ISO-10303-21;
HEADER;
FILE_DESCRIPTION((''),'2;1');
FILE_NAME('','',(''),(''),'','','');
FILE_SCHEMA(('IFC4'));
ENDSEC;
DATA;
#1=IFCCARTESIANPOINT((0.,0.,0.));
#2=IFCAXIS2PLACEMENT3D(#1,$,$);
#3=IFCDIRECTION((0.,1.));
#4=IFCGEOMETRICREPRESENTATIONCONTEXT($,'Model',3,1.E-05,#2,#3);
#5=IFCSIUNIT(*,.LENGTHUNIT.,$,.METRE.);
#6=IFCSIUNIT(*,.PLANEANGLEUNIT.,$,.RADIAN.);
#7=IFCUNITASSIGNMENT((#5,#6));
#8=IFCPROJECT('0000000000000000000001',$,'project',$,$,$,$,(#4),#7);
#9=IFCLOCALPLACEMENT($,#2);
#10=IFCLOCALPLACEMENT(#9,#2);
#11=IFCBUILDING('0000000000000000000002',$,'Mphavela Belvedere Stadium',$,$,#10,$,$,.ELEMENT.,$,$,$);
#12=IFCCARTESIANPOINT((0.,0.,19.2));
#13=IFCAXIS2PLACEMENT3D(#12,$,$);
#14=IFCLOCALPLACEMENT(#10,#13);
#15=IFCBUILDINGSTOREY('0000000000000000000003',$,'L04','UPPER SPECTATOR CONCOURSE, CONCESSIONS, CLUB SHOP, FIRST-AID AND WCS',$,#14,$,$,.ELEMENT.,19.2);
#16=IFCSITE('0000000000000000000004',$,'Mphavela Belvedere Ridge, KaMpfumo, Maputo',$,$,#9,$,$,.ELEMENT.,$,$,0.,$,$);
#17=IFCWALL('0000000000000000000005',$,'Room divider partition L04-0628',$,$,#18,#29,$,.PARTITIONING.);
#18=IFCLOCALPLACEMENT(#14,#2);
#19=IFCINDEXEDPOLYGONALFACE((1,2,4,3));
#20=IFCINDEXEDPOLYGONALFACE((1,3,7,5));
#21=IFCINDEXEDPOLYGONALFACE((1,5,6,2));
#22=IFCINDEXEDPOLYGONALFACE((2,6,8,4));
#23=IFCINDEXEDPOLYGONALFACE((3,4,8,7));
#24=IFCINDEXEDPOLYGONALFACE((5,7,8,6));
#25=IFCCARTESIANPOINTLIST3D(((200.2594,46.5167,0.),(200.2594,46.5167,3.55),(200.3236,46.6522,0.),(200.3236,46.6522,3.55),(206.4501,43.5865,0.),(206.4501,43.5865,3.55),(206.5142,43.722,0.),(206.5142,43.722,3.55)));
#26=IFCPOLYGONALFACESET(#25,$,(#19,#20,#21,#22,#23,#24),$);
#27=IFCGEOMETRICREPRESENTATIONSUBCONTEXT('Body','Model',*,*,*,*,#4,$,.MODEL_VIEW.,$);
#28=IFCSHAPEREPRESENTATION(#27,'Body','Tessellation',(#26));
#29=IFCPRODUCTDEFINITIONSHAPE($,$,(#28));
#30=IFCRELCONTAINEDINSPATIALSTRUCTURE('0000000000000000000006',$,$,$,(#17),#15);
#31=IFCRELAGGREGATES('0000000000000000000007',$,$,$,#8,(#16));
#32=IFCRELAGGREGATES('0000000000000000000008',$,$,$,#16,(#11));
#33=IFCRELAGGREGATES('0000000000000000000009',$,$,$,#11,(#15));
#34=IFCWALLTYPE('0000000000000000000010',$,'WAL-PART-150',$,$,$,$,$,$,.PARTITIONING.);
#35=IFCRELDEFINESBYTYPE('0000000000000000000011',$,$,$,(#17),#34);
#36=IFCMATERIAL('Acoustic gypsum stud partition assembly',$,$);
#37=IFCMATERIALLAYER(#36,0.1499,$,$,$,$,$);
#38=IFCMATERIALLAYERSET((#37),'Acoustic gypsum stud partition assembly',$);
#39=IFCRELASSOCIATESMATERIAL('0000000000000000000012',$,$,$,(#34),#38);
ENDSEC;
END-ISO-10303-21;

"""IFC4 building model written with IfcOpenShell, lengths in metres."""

from ifc_helpers import new_model, si_unit, direction, frame, frame_2d, origin, place, context, subcontext, project, spatial, rectangle, extrude, material, layer, layer_set, type_object, element, save


model = new_model("IFC4")

# Units and contexts
model_context = context("Model", 3, precision=1e-05, world=origin(), true_north=direction((0.0, 1.0)))
body_context = subcontext(model_context, "Body", "Model", "MODEL_VIEW")
ifc_project = project(units=[si_unit("LENGTHUNIT", "METRE"), si_unit("PLANEANGLEUNIT", "RADIAN")], contexts=[model_context])

# Site, building, storey
site_placement = place(None, origin())
site = spatial("IfcSite", under=ifc_project, at=site_placement, Name="Mphavela Belvedere Ridge, KaMpfumo, Maputo", CompositionType="ELEMENT", RefElevation=0.0)
building_placement = place(site_placement, origin())
building = spatial("IfcBuilding", under=site, at=building_placement, Name="Mphavela Belvedere Stadium", CompositionType="ELEMENT")
storey_placement = place(building_placement, frame((0.0, 0.0, 19.2)))
storey = spatial("IfcBuildingStorey", under=building, at=storey_placement, Name="L04", Description="UPPER SPECTATOR CONCOURSE, CONCESSIONS, CLUB SHOP, FIRST-AID AND WCS", CompositionType="ELEMENT", Elevation=19.2)

# Shared definitions
ifc_material_1 = material(Name="Acoustic gypsum stud partition assembly")
ifc_layer_1 = layer(ifc_material_1, 0.1499)
ifc_layer_set_1 = layer_set([ifc_layer_1], Name="Acoustic gypsum stud partition assembly")
wall_type = type_object("IfcWallType", Name="WAL-PART-150", PredefinedType="PARTITIONING", material=ifc_layer_set_1)

# Wall
wall_1_placement = place(storey_placement, frame((200.2915, 46.5845, 0.0), z_axis=(0.0, 0.0, 1.0), x_axis=(0.903865, -0.427818, 0.0)))
element("IfcWall", 1, at=wall_1_placement, inside=storey, type_object=wall_type, Name="Room divider partition L04-0628", PredefinedType="PARTITIONING", context=body_context, shape_type="SweptSolid", body=[
    extrude(rectangle(XDim=6.8491, YDim=0.1499, at=frame_2d((3.4246, 0.0))), origin(), (0.0, 0.0, 1.0), 3.55),
])

save(model, "model.ifc")
